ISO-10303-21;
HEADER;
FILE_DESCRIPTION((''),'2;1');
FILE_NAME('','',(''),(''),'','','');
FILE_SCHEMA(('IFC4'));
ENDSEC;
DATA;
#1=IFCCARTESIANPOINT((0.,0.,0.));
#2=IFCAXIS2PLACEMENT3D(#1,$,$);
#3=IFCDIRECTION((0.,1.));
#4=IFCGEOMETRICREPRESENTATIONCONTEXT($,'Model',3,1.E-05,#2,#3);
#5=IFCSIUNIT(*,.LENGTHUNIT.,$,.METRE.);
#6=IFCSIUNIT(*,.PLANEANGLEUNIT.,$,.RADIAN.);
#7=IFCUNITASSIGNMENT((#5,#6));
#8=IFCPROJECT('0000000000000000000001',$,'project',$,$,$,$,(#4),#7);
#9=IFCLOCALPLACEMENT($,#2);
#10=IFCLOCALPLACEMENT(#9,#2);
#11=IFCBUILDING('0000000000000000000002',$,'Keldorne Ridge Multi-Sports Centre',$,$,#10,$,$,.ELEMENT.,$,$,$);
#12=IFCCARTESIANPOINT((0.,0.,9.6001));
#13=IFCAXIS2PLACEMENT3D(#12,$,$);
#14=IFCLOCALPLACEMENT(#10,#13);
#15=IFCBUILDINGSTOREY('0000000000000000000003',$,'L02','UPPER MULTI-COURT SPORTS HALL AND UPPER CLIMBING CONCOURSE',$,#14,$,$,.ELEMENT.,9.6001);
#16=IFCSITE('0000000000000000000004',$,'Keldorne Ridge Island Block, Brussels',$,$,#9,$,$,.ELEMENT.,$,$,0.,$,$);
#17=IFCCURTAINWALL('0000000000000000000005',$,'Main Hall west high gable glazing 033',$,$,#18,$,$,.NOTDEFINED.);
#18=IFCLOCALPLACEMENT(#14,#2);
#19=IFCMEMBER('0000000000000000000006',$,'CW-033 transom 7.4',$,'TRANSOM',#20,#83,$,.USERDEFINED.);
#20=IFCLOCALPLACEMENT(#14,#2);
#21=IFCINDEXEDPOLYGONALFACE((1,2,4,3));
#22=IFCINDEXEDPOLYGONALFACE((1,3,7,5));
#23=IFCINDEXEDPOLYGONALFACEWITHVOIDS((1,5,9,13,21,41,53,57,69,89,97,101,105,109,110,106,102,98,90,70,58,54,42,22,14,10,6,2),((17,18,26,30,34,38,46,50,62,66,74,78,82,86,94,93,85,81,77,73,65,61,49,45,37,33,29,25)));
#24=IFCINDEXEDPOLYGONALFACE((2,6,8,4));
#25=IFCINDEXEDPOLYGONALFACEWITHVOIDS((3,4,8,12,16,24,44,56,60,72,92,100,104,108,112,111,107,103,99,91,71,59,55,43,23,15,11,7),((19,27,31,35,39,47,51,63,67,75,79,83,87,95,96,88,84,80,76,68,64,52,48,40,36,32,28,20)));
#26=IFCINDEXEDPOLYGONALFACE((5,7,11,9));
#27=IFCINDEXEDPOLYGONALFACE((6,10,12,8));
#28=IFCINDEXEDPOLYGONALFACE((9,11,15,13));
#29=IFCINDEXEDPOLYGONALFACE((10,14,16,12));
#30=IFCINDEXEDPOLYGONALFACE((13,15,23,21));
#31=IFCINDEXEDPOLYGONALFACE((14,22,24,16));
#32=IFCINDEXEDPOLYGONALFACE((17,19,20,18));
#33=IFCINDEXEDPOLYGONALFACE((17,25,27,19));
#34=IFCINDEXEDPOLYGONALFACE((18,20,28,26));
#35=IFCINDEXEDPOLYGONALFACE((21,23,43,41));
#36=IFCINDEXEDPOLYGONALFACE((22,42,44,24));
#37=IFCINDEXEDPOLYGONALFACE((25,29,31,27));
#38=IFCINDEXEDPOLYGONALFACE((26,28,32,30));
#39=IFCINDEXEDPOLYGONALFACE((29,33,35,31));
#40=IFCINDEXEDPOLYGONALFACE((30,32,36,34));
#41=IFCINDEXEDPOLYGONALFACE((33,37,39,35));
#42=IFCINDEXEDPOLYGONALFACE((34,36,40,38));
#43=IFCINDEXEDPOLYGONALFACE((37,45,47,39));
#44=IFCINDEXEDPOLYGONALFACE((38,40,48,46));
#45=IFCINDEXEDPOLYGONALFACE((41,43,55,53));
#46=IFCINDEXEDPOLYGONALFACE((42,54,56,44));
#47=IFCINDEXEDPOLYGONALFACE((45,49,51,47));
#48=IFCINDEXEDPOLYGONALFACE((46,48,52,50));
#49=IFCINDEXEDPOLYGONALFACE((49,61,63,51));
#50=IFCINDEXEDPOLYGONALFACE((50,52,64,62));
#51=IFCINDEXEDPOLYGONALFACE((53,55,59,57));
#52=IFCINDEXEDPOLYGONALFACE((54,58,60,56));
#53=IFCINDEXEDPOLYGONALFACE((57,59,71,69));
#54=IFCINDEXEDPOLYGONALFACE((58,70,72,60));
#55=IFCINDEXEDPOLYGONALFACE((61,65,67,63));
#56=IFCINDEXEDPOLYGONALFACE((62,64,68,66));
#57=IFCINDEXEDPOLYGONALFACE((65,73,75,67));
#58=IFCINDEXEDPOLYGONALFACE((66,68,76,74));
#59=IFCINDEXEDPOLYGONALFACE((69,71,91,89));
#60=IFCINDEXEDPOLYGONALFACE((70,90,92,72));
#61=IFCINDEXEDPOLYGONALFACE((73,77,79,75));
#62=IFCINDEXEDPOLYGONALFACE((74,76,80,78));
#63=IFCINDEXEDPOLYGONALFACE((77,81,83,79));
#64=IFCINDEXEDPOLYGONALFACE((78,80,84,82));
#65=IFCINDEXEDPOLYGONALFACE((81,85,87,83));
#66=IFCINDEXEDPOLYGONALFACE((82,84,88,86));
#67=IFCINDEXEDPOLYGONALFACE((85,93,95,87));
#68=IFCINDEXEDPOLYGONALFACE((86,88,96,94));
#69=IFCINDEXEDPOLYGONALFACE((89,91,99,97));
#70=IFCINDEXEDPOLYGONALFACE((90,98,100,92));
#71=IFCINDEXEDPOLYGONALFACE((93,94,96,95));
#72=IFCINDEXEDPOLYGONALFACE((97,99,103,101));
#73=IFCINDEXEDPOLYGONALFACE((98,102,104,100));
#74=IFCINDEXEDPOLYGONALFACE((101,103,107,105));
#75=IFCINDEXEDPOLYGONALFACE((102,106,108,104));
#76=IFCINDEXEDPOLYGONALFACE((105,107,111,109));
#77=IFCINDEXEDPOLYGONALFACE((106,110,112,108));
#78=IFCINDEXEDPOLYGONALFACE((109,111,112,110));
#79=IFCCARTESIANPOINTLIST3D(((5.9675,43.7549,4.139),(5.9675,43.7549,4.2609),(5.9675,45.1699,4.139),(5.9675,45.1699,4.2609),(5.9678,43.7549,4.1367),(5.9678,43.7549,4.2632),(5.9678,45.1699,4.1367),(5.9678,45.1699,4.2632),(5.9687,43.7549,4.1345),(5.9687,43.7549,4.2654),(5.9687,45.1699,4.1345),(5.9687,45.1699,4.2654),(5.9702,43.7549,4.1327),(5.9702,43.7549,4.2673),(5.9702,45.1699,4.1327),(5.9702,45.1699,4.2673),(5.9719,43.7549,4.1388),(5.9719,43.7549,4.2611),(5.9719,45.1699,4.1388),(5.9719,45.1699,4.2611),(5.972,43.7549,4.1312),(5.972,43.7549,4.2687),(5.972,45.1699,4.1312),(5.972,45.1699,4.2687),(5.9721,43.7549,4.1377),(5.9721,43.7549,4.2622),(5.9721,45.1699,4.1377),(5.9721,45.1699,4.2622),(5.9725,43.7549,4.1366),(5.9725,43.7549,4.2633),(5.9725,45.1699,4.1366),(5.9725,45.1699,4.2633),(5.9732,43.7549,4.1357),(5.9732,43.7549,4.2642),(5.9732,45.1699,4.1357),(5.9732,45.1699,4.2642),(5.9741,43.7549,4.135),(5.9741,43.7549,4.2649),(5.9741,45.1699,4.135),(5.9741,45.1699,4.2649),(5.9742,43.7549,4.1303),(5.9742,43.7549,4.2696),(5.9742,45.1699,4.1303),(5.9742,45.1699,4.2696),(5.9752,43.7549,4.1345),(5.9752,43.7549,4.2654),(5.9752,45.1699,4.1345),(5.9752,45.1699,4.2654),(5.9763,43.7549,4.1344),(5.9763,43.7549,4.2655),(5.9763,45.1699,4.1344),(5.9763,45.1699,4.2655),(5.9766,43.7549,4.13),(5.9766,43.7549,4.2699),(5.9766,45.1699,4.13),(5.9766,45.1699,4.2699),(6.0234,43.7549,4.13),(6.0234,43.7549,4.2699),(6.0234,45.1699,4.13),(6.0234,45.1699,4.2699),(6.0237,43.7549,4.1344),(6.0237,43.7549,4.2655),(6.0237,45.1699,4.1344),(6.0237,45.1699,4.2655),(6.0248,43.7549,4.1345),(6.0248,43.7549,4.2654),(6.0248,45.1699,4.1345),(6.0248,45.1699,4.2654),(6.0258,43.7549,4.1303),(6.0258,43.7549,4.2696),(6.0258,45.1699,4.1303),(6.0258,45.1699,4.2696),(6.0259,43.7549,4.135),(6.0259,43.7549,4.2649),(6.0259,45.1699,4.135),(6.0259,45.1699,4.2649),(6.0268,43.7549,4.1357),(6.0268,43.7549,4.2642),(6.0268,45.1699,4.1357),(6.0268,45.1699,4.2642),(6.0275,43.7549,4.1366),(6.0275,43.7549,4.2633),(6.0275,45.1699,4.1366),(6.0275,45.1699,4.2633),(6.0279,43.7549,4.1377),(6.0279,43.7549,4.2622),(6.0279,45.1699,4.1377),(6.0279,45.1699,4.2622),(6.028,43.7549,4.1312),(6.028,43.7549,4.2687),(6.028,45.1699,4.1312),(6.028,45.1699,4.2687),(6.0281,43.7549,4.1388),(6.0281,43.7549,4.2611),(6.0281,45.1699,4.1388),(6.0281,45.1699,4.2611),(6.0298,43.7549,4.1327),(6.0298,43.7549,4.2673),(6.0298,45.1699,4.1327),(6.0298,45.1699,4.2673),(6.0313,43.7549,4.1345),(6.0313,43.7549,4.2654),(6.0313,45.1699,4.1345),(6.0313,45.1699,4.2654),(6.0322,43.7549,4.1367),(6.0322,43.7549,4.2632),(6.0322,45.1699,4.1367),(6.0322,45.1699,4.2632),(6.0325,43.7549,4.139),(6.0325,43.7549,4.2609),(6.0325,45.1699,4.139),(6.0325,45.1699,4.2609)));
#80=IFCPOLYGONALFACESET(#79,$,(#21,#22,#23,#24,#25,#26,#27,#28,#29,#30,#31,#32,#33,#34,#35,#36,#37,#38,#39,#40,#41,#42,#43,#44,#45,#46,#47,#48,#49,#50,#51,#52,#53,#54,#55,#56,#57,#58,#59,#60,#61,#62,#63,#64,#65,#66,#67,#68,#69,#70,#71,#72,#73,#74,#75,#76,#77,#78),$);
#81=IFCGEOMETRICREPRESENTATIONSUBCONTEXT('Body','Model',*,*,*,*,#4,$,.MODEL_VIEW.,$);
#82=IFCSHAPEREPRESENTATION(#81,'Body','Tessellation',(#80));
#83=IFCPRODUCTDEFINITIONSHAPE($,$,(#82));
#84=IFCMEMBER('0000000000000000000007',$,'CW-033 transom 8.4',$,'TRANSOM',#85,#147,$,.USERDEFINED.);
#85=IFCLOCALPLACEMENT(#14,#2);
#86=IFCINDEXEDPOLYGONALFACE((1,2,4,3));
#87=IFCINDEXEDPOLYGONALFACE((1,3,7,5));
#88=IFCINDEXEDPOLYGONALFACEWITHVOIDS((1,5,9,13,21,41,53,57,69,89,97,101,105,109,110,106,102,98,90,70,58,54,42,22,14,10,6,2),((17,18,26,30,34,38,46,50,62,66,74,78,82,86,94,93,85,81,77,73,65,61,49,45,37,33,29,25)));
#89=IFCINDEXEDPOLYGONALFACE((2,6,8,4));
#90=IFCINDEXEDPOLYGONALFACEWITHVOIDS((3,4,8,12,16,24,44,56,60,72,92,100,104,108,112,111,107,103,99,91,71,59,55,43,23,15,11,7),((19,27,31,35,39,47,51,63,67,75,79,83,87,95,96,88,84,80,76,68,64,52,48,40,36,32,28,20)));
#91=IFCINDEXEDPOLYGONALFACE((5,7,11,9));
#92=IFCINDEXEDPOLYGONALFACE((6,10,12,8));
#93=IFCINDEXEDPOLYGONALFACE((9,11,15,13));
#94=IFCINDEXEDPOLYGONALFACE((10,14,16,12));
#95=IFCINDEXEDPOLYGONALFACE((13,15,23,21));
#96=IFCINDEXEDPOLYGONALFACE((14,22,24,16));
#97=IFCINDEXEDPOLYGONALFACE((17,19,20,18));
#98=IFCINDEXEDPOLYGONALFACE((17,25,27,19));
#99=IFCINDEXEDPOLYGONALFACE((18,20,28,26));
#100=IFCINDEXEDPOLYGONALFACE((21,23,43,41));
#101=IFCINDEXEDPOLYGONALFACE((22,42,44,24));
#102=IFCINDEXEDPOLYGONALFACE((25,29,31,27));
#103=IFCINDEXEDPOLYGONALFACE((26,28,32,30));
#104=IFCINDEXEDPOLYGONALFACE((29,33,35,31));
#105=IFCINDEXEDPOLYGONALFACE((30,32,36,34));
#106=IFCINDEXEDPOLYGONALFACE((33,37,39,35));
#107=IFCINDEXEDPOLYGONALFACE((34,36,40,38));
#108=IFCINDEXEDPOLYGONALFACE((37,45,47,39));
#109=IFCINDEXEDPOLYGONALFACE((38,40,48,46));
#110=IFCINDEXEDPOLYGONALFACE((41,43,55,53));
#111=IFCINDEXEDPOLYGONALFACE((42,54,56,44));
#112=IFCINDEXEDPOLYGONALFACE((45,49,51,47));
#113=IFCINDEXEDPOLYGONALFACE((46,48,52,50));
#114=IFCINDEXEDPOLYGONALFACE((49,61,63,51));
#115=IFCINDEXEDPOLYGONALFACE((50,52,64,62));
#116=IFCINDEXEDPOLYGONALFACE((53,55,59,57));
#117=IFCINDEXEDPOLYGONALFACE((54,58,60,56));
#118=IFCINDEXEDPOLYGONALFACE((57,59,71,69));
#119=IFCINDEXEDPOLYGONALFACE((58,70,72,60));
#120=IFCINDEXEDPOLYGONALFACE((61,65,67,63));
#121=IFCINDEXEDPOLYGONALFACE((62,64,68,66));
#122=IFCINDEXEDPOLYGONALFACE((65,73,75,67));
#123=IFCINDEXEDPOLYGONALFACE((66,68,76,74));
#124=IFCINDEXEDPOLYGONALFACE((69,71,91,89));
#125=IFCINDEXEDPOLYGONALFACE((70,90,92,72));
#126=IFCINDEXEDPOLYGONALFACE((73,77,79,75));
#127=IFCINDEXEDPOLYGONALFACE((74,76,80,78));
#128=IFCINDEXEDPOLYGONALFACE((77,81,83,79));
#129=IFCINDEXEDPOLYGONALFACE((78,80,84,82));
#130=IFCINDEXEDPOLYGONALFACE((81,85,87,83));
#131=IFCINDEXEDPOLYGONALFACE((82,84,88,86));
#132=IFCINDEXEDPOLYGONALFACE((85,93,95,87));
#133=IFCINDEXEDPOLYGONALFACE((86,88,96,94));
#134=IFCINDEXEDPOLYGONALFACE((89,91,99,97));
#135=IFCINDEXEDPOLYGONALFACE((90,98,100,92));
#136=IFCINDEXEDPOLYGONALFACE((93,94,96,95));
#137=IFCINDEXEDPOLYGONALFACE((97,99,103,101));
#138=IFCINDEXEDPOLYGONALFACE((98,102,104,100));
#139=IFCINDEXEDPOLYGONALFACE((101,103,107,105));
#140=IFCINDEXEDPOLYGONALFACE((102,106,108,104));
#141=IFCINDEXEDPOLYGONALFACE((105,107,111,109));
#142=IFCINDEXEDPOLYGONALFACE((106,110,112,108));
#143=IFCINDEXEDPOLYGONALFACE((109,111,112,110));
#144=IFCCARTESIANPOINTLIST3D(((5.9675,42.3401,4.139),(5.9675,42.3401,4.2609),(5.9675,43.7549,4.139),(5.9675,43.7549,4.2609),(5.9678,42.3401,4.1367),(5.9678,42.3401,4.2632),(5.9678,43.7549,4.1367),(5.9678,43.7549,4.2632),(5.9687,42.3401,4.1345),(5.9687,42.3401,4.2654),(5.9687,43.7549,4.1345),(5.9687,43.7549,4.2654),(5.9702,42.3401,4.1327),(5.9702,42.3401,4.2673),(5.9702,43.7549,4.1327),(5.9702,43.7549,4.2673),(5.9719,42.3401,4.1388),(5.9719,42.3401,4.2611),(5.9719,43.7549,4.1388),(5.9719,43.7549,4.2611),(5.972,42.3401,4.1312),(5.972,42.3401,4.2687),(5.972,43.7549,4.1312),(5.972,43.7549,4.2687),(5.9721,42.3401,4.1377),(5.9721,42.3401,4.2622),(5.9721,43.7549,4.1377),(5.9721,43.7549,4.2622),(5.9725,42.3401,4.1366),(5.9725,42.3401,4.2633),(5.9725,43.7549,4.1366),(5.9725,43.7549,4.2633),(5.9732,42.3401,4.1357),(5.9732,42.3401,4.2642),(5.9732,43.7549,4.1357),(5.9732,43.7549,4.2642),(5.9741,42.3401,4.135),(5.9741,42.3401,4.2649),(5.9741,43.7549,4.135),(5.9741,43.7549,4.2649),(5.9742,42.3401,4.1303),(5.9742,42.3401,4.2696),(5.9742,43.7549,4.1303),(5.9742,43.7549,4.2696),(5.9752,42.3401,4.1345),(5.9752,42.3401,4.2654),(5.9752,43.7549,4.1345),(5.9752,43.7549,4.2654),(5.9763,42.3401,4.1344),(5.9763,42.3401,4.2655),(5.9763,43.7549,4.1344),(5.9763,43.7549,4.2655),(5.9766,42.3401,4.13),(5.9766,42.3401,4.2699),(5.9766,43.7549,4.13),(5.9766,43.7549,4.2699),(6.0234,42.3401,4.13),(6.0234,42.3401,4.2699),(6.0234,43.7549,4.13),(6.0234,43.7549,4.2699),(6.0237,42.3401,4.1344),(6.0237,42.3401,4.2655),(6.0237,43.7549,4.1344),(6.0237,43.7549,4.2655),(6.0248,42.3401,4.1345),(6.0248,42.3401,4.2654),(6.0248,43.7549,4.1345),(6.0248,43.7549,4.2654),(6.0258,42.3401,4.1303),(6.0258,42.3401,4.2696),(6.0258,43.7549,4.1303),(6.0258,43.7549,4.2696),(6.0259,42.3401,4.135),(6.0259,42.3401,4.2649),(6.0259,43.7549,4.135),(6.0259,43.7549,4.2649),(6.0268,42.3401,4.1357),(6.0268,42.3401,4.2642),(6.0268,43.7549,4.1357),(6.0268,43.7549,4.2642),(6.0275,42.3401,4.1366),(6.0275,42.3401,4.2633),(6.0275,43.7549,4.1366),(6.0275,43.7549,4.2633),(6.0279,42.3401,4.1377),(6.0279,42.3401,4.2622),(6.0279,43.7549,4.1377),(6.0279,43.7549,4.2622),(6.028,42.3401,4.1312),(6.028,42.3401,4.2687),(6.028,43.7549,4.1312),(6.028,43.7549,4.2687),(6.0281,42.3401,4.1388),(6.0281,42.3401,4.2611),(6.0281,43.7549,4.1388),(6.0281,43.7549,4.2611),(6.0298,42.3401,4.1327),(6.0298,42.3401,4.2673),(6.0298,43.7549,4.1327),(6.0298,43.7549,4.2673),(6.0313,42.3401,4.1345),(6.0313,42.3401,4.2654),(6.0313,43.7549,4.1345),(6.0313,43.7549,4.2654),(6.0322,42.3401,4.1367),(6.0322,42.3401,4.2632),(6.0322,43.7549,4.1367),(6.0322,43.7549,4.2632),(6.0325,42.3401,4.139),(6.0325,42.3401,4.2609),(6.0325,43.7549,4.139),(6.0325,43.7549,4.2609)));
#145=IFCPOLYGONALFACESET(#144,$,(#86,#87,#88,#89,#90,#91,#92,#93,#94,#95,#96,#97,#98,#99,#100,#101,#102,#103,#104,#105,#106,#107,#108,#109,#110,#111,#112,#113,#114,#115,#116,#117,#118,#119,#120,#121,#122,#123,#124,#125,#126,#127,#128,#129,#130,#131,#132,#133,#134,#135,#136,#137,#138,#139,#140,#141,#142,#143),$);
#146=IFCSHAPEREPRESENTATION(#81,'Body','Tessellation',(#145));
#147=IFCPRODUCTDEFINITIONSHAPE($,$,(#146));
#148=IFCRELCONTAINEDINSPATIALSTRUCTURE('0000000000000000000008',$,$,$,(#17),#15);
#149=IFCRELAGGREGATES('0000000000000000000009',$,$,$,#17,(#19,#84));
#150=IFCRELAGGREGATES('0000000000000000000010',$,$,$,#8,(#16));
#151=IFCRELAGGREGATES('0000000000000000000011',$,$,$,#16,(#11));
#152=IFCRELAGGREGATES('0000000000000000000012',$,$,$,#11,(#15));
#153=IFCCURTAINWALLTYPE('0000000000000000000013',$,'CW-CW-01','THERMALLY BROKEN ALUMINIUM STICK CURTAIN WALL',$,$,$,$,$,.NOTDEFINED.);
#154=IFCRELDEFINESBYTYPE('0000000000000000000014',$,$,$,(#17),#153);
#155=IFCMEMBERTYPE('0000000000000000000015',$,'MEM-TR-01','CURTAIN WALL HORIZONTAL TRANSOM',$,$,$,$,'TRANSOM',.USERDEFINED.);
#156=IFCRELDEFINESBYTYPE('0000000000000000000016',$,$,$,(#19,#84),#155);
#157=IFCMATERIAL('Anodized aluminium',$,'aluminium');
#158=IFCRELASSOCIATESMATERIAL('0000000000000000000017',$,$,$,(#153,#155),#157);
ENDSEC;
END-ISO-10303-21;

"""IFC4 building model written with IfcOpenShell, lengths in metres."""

from ifc_helpers import new_model, si_unit, direction, frame, origin, origin_2d, place, context, subcontext, project, spatial, hollow_rectangle, extrude, material, material_profile, profile_set, type_object, element, aggregate, save


model = new_model("IFC4")

# Units and contexts
model_context = context("Model", 3, precision=1e-05, world=origin(), true_north=direction((0.0, 1.0)))
body_context = subcontext(model_context, "Body", "Model", "MODEL_VIEW")
ifc_project = project(units=[si_unit("LENGTHUNIT", "METRE"), si_unit("PLANEANGLEUNIT", "RADIAN")], contexts=[model_context])

# Site, building, storey
site_placement = place(None, origin())
site = spatial("IfcSite", under=ifc_project, at=site_placement, Name="Keldorne Ridge Island Block, Brussels", CompositionType="ELEMENT", RefElevation=0.0)
building_placement = place(site_placement, origin())
building = spatial("IfcBuilding", under=site, at=building_placement, Name="Keldorne Ridge Multi-Sports Centre", CompositionType="ELEMENT")
storey_placement = place(building_placement, frame((0.0, 0.0, 9.6001)))
storey = spatial("IfcBuildingStorey", under=building, at=storey_placement, Name="L02", Description="UPPER MULTI-COURT SPORTS HALL AND UPPER CLIMBING CONCOURSE", CompositionType="ELEMENT", Elevation=9.6001)

# Curtain wall, members
ifc_material_1 = material(Name="Anodized aluminium", Category="aluminium")
curtain_wall_type = type_object("IfcCurtainWallType", Name="CW-CW-01", Description="THERMALLY BROKEN ALUMINIUM STICK CURTAIN WALL", PredefinedType="NOTDEFINED", material=ifc_material_1)
curtain_wall_placement = place(storey_placement, origin())
curtain_wall = element("IfcCurtainWall", 1, at=curtain_wall_placement, inside=storey, type_object=curtain_wall_type, Name="Main Hall west high gable glazing 033", PredefinedType="NOTDEFINED")
ifc_material_profile_1 = material_profile(ifc_material_1, hollow_rectangle(XDim=0.0649, YDim=0.1399, WallThickness=0.0044, InnerFilletRadius=0.0044, OuterFilletRadius=0.009, at=origin_2d()), Name="ALU TRANSOM 140x65x4.5")
ifc_profile_set_1 = profile_set([ifc_material_profile_1], Name="Anodized aluminium")
member_type_1 = type_object("IfcMemberType", Name="MEM-TR-01", Description="CURTAIN WALL HORIZONTAL TRANSOM", ElementType="TRANSOM", PredefinedType="USERDEFINED", material=ifc_profile_set_1)
member_1_placement = place(storey_placement, frame((6.0, 45.1699, 4.2), z_axis=(0.0, -1.0, 0.0), x_axis=(1.0, 0.0, 0.0)))
member_1 = element("IfcMember", 2, at=member_1_placement, type_object=member_type_1, Name="CW-033 transom 7.4", ObjectType="TRANSOM", PredefinedType="USERDEFINED", context=body_context, shape_type="SweptSolid", body=[
    extrude(hollow_rectangle(XDim=0.0649, YDim=0.1399, WallThickness=0.0044, InnerFilletRadius=0.0044, OuterFilletRadius=0.009, at=origin_2d()), origin(), (0.0, 0.0, 1.0), 1.415),
])
member_2_placement = place(storey_placement, frame((6.0, 43.7549, 4.2), z_axis=(0.0, -1.0, 0.0), x_axis=(1.0, 0.0, 0.0)))
member_2 = element("IfcMember", 3, at=member_2_placement, type_object=member_type_1, Name="CW-033 transom 8.4", ObjectType="TRANSOM", PredefinedType="USERDEFINED", context=body_context, shape_type="SweptSolid", body=[
    extrude(hollow_rectangle(XDim=0.0649, YDim=0.1399, WallThickness=0.0044, InnerFilletRadius=0.0044, OuterFilletRadius=0.009, at=origin_2d()), origin(), (0.0, 0.0, 1.0), 1.4148),
])

aggregate(curtain_wall, [member_1, member_2])

save(model, "model.ifc")
